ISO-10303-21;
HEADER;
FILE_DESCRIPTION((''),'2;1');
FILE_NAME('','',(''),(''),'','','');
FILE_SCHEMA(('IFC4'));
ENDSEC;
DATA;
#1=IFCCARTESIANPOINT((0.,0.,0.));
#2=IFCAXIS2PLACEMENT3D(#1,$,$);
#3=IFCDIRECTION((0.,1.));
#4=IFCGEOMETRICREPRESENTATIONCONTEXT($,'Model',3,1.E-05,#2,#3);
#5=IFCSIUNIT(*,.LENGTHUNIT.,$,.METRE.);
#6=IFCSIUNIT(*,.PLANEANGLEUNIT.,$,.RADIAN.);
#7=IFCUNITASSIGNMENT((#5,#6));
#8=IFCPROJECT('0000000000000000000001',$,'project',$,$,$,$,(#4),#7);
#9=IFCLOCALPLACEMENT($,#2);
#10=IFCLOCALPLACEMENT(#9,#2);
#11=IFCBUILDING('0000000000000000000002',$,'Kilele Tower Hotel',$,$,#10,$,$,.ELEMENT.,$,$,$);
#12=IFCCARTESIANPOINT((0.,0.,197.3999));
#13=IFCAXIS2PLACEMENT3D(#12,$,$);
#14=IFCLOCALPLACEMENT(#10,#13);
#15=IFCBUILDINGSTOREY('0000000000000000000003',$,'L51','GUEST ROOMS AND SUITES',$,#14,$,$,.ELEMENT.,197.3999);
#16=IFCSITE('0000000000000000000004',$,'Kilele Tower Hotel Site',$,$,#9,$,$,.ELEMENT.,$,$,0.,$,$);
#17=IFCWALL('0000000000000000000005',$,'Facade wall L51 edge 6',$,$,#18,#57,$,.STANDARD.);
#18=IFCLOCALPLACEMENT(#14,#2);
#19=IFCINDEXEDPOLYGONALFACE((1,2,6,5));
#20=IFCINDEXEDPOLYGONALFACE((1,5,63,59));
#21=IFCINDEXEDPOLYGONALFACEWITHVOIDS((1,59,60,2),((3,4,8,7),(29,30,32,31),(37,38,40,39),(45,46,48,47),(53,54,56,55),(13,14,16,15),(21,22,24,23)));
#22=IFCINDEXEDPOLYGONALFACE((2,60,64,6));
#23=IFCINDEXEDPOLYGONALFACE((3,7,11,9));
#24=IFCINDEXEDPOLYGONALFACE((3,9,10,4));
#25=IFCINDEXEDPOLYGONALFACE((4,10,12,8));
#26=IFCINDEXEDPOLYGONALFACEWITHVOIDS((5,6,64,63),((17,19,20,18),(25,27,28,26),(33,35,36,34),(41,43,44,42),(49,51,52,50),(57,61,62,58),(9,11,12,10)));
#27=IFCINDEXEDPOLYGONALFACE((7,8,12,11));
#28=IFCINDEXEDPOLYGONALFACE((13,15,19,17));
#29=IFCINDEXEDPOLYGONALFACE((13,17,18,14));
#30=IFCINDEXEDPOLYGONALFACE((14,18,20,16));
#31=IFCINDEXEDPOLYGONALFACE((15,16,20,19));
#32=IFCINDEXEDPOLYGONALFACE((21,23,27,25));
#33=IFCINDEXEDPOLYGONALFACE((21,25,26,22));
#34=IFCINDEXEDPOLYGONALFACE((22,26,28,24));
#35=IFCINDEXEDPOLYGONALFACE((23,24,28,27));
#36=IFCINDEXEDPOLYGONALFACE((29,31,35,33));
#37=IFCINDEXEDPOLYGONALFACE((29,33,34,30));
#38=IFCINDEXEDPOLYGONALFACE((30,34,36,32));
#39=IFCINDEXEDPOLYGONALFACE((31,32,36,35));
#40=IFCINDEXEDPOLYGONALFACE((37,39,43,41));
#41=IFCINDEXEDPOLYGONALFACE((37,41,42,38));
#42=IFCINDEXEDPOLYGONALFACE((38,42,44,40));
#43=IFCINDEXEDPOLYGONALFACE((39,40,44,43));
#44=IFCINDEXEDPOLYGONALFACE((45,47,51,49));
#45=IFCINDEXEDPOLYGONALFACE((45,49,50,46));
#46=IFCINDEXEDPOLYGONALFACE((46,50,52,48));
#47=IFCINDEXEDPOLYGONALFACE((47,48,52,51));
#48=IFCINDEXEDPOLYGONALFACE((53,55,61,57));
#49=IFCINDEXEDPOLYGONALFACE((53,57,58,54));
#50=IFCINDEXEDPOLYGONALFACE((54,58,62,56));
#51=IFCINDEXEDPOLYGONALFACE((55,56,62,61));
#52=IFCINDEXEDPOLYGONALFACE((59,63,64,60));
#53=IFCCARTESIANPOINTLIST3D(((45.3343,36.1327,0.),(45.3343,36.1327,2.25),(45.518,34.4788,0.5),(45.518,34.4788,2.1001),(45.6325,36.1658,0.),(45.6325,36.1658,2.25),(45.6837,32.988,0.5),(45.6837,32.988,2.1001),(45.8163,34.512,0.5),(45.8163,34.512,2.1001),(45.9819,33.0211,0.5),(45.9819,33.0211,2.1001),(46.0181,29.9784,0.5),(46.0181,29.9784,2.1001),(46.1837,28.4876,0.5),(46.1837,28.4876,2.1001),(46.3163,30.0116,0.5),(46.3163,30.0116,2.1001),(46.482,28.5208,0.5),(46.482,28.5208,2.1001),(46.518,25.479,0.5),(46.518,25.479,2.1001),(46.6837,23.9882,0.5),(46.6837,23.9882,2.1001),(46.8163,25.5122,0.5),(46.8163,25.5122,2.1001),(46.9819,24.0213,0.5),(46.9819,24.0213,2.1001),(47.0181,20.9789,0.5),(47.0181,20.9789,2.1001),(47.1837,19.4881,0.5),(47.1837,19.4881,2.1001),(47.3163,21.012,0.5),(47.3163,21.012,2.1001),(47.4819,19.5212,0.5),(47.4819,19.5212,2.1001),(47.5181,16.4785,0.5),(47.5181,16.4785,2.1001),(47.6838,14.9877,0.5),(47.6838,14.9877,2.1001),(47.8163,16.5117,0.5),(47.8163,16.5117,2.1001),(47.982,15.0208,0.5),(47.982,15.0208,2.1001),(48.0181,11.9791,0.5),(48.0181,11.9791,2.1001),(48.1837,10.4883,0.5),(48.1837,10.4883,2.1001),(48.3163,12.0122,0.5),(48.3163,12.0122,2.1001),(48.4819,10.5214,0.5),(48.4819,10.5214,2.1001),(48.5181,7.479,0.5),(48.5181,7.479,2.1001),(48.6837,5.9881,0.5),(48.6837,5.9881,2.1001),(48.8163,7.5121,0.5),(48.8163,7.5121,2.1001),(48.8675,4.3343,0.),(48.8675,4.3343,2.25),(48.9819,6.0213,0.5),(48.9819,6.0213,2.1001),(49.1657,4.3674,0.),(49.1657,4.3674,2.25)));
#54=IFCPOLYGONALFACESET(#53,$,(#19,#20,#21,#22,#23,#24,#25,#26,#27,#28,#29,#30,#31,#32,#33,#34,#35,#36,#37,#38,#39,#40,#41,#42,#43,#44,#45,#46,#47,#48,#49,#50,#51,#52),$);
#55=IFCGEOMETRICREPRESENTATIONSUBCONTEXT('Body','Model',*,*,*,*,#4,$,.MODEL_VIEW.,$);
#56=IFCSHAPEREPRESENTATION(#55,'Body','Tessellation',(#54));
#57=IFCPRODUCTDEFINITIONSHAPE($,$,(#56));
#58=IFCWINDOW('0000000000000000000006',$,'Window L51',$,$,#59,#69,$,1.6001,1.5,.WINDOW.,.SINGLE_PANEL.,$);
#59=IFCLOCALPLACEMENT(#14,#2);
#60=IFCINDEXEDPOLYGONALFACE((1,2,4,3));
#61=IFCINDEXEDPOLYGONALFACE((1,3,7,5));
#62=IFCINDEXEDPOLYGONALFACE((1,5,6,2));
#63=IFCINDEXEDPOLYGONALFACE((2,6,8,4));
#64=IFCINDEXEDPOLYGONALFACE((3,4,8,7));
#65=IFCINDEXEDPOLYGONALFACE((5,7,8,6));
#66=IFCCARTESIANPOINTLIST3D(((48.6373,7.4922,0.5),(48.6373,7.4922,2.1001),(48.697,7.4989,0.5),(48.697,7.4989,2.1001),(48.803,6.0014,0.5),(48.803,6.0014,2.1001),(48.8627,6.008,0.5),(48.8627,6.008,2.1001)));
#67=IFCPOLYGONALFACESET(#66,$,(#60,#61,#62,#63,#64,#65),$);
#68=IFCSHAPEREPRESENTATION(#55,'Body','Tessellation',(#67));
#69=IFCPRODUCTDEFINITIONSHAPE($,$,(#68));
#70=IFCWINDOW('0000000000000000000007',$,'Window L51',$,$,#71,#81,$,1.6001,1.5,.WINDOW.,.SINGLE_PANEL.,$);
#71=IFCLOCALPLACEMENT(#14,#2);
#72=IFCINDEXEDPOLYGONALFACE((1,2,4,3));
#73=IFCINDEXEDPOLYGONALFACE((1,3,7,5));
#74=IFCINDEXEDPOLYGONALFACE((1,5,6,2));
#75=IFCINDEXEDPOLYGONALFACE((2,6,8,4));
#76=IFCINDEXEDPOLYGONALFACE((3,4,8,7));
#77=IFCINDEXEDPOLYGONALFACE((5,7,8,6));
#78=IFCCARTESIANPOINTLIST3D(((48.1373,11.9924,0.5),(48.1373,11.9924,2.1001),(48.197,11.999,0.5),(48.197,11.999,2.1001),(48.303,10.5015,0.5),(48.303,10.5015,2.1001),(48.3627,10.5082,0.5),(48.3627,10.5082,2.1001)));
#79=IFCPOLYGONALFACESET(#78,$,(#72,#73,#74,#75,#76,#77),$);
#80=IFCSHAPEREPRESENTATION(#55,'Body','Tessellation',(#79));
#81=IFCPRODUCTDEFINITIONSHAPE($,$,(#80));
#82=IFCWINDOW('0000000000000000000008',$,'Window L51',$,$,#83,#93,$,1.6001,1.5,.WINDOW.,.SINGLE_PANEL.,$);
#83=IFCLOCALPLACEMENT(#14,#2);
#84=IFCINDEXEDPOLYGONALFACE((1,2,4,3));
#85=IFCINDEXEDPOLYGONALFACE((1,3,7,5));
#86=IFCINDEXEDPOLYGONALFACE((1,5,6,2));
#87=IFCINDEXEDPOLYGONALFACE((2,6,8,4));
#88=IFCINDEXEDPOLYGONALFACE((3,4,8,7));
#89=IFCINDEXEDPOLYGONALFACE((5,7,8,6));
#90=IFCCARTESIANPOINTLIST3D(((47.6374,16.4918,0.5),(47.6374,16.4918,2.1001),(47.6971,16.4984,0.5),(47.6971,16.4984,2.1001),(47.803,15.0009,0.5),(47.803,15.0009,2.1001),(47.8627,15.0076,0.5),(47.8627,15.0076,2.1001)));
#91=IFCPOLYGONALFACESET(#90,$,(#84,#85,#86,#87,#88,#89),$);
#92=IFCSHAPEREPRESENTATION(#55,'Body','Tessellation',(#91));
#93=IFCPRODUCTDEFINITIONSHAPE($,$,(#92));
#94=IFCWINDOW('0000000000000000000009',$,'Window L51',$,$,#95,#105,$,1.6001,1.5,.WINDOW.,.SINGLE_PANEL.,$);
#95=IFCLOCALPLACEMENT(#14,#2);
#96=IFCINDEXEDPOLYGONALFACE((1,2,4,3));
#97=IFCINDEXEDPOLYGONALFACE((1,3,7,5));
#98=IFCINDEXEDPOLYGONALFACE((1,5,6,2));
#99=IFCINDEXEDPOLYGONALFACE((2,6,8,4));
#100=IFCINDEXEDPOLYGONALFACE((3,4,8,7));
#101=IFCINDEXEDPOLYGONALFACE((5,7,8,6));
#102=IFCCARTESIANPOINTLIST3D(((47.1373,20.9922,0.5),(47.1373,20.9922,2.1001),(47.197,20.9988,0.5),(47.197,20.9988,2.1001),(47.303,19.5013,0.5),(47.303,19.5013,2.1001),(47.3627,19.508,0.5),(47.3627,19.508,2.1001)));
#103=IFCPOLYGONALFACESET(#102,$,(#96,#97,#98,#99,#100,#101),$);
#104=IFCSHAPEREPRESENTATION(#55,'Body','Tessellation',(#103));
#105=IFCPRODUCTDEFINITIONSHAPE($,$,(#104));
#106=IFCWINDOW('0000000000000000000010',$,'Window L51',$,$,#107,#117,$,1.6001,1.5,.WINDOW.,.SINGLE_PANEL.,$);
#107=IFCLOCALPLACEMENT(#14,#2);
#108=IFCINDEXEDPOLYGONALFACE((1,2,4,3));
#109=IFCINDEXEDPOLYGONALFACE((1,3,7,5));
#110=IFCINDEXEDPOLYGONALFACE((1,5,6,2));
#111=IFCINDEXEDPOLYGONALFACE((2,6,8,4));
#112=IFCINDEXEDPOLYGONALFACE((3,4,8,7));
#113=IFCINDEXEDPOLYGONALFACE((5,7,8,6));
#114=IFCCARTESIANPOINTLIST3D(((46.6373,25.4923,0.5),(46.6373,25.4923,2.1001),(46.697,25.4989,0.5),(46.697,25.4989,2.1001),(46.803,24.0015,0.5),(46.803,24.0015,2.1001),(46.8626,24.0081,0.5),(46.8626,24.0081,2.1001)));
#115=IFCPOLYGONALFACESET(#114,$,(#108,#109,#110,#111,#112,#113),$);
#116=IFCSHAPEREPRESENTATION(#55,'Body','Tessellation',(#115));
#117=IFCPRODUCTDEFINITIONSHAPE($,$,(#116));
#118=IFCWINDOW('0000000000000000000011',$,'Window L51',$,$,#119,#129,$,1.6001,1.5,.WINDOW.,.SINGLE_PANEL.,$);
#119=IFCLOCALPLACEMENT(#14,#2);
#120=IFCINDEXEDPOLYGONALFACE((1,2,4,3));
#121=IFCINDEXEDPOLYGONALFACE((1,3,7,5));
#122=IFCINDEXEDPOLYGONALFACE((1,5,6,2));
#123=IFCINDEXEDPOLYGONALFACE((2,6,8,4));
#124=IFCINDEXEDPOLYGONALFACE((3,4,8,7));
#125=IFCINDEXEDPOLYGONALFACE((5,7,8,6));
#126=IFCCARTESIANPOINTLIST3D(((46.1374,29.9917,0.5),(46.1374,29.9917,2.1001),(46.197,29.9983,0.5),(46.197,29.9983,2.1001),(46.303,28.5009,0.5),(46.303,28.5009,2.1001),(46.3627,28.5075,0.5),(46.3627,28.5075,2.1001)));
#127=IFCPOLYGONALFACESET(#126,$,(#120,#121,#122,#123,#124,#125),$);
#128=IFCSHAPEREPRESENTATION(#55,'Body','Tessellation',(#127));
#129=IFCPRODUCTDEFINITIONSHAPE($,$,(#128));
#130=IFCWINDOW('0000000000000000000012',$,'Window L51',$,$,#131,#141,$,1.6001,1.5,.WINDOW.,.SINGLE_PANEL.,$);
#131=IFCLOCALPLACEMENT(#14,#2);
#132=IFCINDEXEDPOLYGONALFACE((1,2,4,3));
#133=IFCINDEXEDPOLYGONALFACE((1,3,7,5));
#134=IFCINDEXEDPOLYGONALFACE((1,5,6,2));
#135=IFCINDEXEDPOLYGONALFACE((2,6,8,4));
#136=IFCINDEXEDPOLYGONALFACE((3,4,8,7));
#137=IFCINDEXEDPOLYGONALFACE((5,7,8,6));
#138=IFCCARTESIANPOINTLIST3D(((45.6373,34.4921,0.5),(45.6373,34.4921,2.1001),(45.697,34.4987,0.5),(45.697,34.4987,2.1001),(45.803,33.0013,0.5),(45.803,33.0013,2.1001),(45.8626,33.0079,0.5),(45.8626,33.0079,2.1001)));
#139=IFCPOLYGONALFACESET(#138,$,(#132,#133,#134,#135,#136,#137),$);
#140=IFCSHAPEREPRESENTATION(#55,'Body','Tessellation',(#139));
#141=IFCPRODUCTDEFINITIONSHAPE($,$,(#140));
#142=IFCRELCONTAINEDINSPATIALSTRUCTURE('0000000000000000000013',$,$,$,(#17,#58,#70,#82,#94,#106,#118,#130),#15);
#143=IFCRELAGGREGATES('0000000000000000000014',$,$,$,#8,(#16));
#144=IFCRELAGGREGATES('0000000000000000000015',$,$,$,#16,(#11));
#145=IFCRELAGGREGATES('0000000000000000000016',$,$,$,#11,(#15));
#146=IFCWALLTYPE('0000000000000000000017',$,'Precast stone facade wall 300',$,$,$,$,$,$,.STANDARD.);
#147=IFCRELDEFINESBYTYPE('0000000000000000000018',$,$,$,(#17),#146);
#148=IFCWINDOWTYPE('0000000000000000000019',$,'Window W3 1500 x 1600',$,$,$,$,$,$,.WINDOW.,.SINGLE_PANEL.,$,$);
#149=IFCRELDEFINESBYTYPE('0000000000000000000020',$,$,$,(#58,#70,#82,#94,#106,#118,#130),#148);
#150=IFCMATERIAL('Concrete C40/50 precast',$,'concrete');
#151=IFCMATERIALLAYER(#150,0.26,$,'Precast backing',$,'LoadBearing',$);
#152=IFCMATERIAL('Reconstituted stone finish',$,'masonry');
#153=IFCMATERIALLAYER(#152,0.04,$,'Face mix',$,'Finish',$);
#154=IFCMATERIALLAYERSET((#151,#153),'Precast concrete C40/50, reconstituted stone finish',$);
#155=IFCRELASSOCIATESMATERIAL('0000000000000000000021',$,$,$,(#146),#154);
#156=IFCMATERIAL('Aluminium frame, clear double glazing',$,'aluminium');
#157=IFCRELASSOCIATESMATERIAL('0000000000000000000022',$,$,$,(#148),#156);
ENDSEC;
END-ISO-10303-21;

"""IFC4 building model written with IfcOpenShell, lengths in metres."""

from ifc_helpers import new_model, si_unit, direction, frame, frame_2d, origin, place, context, subcontext, project, spatial, rectangle, extrude, material, layer, layer_set, type_object, element, fill, save


model = new_model("IFC4")

# Units and contexts
model_context = context("Model", 3, precision=1e-05, world=origin(), true_north=direction((0.0, 1.0)))
body_context = subcontext(model_context, "Body", "Model", "MODEL_VIEW")
ifc_project = project(units=[si_unit("LENGTHUNIT", "METRE"), si_unit("PLANEANGLEUNIT", "RADIAN")], contexts=[model_context])

# Site, building, storey
site_placement = place(None, origin())
site = spatial("IfcSite", under=ifc_project, at=site_placement, Name="Kilele Tower Hotel Site", CompositionType="ELEMENT", RefElevation=0.0)
building_placement = place(site_placement, origin())
building = spatial("IfcBuilding", under=site, at=building_placement, Name="Kilele Tower Hotel", CompositionType="ELEMENT")
storey_placement = place(building_placement, frame((0.0, 0.0, 197.3999)))
storey = spatial("IfcBuildingStorey", under=building, at=storey_placement, Name="L51", Description="GUEST ROOMS AND SUITES", CompositionType="ELEMENT", Elevation=197.3999)

# Shared definitions
ifc_material_1 = material(Name="Concrete C40/50 precast", Category="concrete")
ifc_layer_1 = layer(ifc_material_1, 0.26, Name="Precast backing", Category="LoadBearing")
ifc_material_2 = material(Name="Reconstituted stone finish", Category="masonry")
ifc_layer_2 = layer(ifc_material_2, 0.04, Name="Face mix", Category="Finish")
ifc_layer_set_1 = layer_set([ifc_layer_1, ifc_layer_2], Name="Precast concrete C40/50, reconstituted stone finish")
wall_type_1 = type_object("IfcWallType", Name="Precast stone facade wall 300", PredefinedType="STANDARD", material=ifc_layer_set_1)
ifc_material_3 = material(Name="Aluminium frame, clear double glazing", Category="aluminium")
window_type_1 = type_object("IfcWindowType", Name="Window W3 1500 x 1600", PartitioningType="SINGLE_PANEL", PredefinedType="WINDOW", material=ifc_material_3)

# Wall, openings, windows
wall_1_placement = place(storey_placement, frame((49.0166, 4.3508, 0.0), z_axis=(0.0, 0.0, 1.0), x_axis=(-0.110433, 0.993884, 0.0)))
wall_1 = element("IfcWall", 1, at=wall_1_placement, inside=storey, type_object=wall_type_1, Name="Facade wall L51 edge 6", PredefinedType="STANDARD", context=body_context, shape_type="SweptSolid", body=[
    extrude(rectangle(XDim=31.9941, YDim=0.3, at=frame_2d((15.9971, 0.0))), origin(), (0.0, 0.0, 1.0), 2.25),
])
opening_1_placement = place(wall_1_placement, frame((1.6641, 0.0, 0.5)))
opening_1 = element("IfcOpeningElement", 2, at=opening_1_placement, cuts=wall_1, PredefinedType="OPENING", context=body_context, shape_type="SweptSolid", body=[
    extrude(rectangle(XDim=1.5, YDim=1.6001, at=frame_2d((0.75, 0.8))), frame((0.0, 0.1599, 0.0), z_axis=(0.0, -1.0, 0.0), x_axis=(1.0, 0.0, 0.0)), (0.0, 0.0, 1.0), 0.3201),
])
opening_2_placement = place(wall_1_placement, frame((6.1919, 0.0, 0.5)))
opening_2 = element("IfcOpeningElement", 3, at=opening_2_placement, cuts=wall_1, PredefinedType="OPENING", context=body_context, shape_type="SweptSolid", body=[
    extrude(rectangle(XDim=1.5, YDim=1.6001, at=frame_2d((0.75, 0.8))), frame((0.0, 0.1599, 0.0), z_axis=(0.0, -1.0, 0.0), x_axis=(1.0, 0.0, 0.0)), (0.0, 0.0, 1.0), 0.3201),
])
opening_3_placement = place(wall_1_placement, frame((10.719, 0.0, 0.5)))
opening_3 = element("IfcOpeningElement", 4, at=opening_3_placement, cuts=wall_1, PredefinedType="OPENING", context=body_context, shape_type="SweptSolid", body=[
    extrude(rectangle(XDim=1.5, YDim=1.6001, at=frame_2d((0.75, 0.8))), frame((0.0, 0.1599, 0.0), z_axis=(0.0, -1.0, 0.0), x_axis=(1.0, 0.0, 0.0)), (0.0, 0.0, 1.0), 0.3201),
])
opening_4_placement = place(wall_1_placement, frame((15.2471, 0.0, 0.5)))
opening_4 = element("IfcOpeningElement", 5, at=opening_4_placement, cuts=wall_1, PredefinedType="OPENING", context=body_context, shape_type="SweptSolid", body=[
    extrude(rectangle(XDim=1.5, YDim=1.6001, at=frame_2d((0.75, 0.8))), frame((0.0, 0.1599, 0.0), z_axis=(0.0, -1.0, 0.0), x_axis=(1.0, 0.0, 0.0)), (0.0, 0.0, 1.0), 0.3201),
])
opening_5_placement = place(wall_1_placement, frame((19.7749, 0.0, 0.5)))
opening_5 = element("IfcOpeningElement", 6, at=opening_5_placement, cuts=wall_1, PredefinedType="OPENING", context=body_context, shape_type="SweptSolid", body=[
    extrude(rectangle(XDim=1.5, YDim=1.6001, at=frame_2d((0.75, 0.8))), frame((0.0, 0.1599, 0.0), z_axis=(0.0, -1.0, 0.0), x_axis=(1.0, 0.0, 0.0)), (0.0, 0.0, 1.0), 0.3201),
])
opening_6_placement = place(wall_1_placement, frame((24.302, 0.0, 0.5)))
opening_6 = element("IfcOpeningElement", 7, at=opening_6_placement, cuts=wall_1, PredefinedType="OPENING", context=body_context, shape_type="SweptSolid", body=[
    extrude(rectangle(XDim=1.5, YDim=1.6001, at=frame_2d((0.75, 0.8))), frame((0.0, 0.1599, 0.0), z_axis=(0.0, -1.0, 0.0), x_axis=(1.0, 0.0, 0.0)), (0.0, 0.0, 1.0), 0.3201),
])
opening_7_placement = place(wall_1_placement, frame((28.8301, 0.0, 0.5)))
opening_7 = element("IfcOpeningElement", 8, at=opening_7_placement, cuts=wall_1, PredefinedType="OPENING", context=body_context, shape_type="SweptSolid", body=[
    extrude(rectangle(XDim=1.5, YDim=1.6001, at=frame_2d((0.75, 0.8))), frame((0.0, 0.1599, 0.0), z_axis=(0.0, -1.0, 0.0), x_axis=(1.0, 0.0, 0.0)), (0.0, 0.0, 1.0), 0.3201),
])
window_1_placement = place(opening_1_placement, origin())
window_1 = element("IfcWindow", 9, at=window_1_placement, inside=storey, type_object=window_type_1, Name="Window L51", OverallHeight=1.6001, OverallWidth=1.5, PartitioningType="SINGLE_PANEL", PredefinedType="WINDOW", context=body_context, shape_type="SweptSolid", body=[
    extrude(rectangle(XDim=1.5, YDim=1.6001, at=frame_2d((0.75, 0.8))), frame((0.0, 0.03, 0.0), z_axis=(0.0, -1.0, 0.0), x_axis=(1.0, 0.0, 0.0)), (0.0, 0.0, 1.0), 0.0601),
])
fill(opening_1, window_1)
window_2_placement = place(opening_2_placement, origin())
window_2 = element("IfcWindow", 10, at=window_2_placement, inside=storey, type_object=window_type_1, Name="Window L51", OverallHeight=1.6001, OverallWidth=1.5, PartitioningType="SINGLE_PANEL", PredefinedType="WINDOW", context=body_context, shape_type="SweptSolid", body=[
    extrude(rectangle(XDim=1.5, YDim=1.6001, at=frame_2d((0.75, 0.8))), frame((0.0, 0.03, 0.0), z_axis=(0.0, -1.0, 0.0), x_axis=(1.0, 0.0, 0.0)), (0.0, 0.0, 1.0), 0.0601),
])
fill(opening_2, window_2)
window_3_placement = place(opening_3_placement, origin())
window_3 = element("IfcWindow", 11, at=window_3_placement, inside=storey, type_object=window_type_1, Name="Window L51", OverallHeight=1.6001, OverallWidth=1.5, PartitioningType="SINGLE_PANEL", PredefinedType="WINDOW", context=body_context, shape_type="SweptSolid", body=[
    extrude(rectangle(XDim=1.5, YDim=1.6001, at=frame_2d((0.75, 0.8))), frame((0.0, 0.03, 0.0), z_axis=(0.0, -1.0, 0.0), x_axis=(1.0, 0.0, 0.0)), (0.0, 0.0, 1.0), 0.0601),
])
fill(opening_3, window_3)
window_4_placement = place(opening_4_placement, origin())
window_4 = element("IfcWindow", 12, at=window_4_placement, inside=storey, type_object=window_type_1, Name="Window L51", OverallHeight=1.6001, OverallWidth=1.5, PartitioningType="SINGLE_PANEL", PredefinedType="WINDOW", context=body_context, shape_type="SweptSolid", body=[
    extrude(rectangle(XDim=1.5, YDim=1.6001, at=frame_2d((0.75, 0.8))), frame((0.0, 0.03, 0.0), z_axis=(0.0, -1.0, 0.0), x_axis=(1.0, 0.0, 0.0)), (0.0, 0.0, 1.0), 0.0601),
])
fill(opening_4, window_4)
window_5_placement = place(opening_5_placement, origin())
window_5 = element("IfcWindow", 13, at=window_5_placement, inside=storey, type_object=window_type_1, Name="Window L51", OverallHeight=1.6001, OverallWidth=1.5, PartitioningType="SINGLE_PANEL", PredefinedType="WINDOW", context=body_context, shape_type="SweptSolid", body=[
    extrude(rectangle(XDim=1.5, YDim=1.6001, at=frame_2d((0.75, 0.8))), frame((0.0, 0.03, 0.0), z_axis=(0.0, -1.0, 0.0), x_axis=(1.0, 0.0, 0.0)), (0.0, 0.0, 1.0), 0.0601),
])
fill(opening_5, window_5)
window_6_placement = place(opening_6_placement, origin())
window_6 = element("IfcWindow", 14, at=window_6_placement, inside=storey, type_object=window_type_1, Name="Window L51", OverallHeight=1.6001, OverallWidth=1.5, PartitioningType="SINGLE_PANEL", PredefinedType="WINDOW", context=body_context, shape_type="SweptSolid", body=[
    extrude(rectangle(XDim=1.5, YDim=1.6001, at=frame_2d((0.75, 0.8))), frame((0.0, 0.03, 0.0), z_axis=(0.0, -1.0, 0.0), x_axis=(1.0, 0.0, 0.0)), (0.0, 0.0, 1.0), 0.0601),
])
fill(opening_6, window_6)
window_7_placement = place(opening_7_placement, origin())
window_7 = element("IfcWindow", 15, at=window_7_placement, inside=storey, type_object=window_type_1, Name="Window L51", OverallHeight=1.6001, OverallWidth=1.5, PartitioningType="SINGLE_PANEL", PredefinedType="WINDOW", context=body_context, shape_type="SweptSolid", body=[
    extrude(rectangle(XDim=1.5, YDim=1.6001, at=frame_2d((0.75, 0.8))), frame((0.0, 0.03, 0.0), z_axis=(0.0, -1.0, 0.0), x_axis=(1.0, 0.0, 0.0)), (0.0, 0.0, 1.0), 0.0601),
])
fill(opening_7, window_7)

save(model, "model.ifc")
